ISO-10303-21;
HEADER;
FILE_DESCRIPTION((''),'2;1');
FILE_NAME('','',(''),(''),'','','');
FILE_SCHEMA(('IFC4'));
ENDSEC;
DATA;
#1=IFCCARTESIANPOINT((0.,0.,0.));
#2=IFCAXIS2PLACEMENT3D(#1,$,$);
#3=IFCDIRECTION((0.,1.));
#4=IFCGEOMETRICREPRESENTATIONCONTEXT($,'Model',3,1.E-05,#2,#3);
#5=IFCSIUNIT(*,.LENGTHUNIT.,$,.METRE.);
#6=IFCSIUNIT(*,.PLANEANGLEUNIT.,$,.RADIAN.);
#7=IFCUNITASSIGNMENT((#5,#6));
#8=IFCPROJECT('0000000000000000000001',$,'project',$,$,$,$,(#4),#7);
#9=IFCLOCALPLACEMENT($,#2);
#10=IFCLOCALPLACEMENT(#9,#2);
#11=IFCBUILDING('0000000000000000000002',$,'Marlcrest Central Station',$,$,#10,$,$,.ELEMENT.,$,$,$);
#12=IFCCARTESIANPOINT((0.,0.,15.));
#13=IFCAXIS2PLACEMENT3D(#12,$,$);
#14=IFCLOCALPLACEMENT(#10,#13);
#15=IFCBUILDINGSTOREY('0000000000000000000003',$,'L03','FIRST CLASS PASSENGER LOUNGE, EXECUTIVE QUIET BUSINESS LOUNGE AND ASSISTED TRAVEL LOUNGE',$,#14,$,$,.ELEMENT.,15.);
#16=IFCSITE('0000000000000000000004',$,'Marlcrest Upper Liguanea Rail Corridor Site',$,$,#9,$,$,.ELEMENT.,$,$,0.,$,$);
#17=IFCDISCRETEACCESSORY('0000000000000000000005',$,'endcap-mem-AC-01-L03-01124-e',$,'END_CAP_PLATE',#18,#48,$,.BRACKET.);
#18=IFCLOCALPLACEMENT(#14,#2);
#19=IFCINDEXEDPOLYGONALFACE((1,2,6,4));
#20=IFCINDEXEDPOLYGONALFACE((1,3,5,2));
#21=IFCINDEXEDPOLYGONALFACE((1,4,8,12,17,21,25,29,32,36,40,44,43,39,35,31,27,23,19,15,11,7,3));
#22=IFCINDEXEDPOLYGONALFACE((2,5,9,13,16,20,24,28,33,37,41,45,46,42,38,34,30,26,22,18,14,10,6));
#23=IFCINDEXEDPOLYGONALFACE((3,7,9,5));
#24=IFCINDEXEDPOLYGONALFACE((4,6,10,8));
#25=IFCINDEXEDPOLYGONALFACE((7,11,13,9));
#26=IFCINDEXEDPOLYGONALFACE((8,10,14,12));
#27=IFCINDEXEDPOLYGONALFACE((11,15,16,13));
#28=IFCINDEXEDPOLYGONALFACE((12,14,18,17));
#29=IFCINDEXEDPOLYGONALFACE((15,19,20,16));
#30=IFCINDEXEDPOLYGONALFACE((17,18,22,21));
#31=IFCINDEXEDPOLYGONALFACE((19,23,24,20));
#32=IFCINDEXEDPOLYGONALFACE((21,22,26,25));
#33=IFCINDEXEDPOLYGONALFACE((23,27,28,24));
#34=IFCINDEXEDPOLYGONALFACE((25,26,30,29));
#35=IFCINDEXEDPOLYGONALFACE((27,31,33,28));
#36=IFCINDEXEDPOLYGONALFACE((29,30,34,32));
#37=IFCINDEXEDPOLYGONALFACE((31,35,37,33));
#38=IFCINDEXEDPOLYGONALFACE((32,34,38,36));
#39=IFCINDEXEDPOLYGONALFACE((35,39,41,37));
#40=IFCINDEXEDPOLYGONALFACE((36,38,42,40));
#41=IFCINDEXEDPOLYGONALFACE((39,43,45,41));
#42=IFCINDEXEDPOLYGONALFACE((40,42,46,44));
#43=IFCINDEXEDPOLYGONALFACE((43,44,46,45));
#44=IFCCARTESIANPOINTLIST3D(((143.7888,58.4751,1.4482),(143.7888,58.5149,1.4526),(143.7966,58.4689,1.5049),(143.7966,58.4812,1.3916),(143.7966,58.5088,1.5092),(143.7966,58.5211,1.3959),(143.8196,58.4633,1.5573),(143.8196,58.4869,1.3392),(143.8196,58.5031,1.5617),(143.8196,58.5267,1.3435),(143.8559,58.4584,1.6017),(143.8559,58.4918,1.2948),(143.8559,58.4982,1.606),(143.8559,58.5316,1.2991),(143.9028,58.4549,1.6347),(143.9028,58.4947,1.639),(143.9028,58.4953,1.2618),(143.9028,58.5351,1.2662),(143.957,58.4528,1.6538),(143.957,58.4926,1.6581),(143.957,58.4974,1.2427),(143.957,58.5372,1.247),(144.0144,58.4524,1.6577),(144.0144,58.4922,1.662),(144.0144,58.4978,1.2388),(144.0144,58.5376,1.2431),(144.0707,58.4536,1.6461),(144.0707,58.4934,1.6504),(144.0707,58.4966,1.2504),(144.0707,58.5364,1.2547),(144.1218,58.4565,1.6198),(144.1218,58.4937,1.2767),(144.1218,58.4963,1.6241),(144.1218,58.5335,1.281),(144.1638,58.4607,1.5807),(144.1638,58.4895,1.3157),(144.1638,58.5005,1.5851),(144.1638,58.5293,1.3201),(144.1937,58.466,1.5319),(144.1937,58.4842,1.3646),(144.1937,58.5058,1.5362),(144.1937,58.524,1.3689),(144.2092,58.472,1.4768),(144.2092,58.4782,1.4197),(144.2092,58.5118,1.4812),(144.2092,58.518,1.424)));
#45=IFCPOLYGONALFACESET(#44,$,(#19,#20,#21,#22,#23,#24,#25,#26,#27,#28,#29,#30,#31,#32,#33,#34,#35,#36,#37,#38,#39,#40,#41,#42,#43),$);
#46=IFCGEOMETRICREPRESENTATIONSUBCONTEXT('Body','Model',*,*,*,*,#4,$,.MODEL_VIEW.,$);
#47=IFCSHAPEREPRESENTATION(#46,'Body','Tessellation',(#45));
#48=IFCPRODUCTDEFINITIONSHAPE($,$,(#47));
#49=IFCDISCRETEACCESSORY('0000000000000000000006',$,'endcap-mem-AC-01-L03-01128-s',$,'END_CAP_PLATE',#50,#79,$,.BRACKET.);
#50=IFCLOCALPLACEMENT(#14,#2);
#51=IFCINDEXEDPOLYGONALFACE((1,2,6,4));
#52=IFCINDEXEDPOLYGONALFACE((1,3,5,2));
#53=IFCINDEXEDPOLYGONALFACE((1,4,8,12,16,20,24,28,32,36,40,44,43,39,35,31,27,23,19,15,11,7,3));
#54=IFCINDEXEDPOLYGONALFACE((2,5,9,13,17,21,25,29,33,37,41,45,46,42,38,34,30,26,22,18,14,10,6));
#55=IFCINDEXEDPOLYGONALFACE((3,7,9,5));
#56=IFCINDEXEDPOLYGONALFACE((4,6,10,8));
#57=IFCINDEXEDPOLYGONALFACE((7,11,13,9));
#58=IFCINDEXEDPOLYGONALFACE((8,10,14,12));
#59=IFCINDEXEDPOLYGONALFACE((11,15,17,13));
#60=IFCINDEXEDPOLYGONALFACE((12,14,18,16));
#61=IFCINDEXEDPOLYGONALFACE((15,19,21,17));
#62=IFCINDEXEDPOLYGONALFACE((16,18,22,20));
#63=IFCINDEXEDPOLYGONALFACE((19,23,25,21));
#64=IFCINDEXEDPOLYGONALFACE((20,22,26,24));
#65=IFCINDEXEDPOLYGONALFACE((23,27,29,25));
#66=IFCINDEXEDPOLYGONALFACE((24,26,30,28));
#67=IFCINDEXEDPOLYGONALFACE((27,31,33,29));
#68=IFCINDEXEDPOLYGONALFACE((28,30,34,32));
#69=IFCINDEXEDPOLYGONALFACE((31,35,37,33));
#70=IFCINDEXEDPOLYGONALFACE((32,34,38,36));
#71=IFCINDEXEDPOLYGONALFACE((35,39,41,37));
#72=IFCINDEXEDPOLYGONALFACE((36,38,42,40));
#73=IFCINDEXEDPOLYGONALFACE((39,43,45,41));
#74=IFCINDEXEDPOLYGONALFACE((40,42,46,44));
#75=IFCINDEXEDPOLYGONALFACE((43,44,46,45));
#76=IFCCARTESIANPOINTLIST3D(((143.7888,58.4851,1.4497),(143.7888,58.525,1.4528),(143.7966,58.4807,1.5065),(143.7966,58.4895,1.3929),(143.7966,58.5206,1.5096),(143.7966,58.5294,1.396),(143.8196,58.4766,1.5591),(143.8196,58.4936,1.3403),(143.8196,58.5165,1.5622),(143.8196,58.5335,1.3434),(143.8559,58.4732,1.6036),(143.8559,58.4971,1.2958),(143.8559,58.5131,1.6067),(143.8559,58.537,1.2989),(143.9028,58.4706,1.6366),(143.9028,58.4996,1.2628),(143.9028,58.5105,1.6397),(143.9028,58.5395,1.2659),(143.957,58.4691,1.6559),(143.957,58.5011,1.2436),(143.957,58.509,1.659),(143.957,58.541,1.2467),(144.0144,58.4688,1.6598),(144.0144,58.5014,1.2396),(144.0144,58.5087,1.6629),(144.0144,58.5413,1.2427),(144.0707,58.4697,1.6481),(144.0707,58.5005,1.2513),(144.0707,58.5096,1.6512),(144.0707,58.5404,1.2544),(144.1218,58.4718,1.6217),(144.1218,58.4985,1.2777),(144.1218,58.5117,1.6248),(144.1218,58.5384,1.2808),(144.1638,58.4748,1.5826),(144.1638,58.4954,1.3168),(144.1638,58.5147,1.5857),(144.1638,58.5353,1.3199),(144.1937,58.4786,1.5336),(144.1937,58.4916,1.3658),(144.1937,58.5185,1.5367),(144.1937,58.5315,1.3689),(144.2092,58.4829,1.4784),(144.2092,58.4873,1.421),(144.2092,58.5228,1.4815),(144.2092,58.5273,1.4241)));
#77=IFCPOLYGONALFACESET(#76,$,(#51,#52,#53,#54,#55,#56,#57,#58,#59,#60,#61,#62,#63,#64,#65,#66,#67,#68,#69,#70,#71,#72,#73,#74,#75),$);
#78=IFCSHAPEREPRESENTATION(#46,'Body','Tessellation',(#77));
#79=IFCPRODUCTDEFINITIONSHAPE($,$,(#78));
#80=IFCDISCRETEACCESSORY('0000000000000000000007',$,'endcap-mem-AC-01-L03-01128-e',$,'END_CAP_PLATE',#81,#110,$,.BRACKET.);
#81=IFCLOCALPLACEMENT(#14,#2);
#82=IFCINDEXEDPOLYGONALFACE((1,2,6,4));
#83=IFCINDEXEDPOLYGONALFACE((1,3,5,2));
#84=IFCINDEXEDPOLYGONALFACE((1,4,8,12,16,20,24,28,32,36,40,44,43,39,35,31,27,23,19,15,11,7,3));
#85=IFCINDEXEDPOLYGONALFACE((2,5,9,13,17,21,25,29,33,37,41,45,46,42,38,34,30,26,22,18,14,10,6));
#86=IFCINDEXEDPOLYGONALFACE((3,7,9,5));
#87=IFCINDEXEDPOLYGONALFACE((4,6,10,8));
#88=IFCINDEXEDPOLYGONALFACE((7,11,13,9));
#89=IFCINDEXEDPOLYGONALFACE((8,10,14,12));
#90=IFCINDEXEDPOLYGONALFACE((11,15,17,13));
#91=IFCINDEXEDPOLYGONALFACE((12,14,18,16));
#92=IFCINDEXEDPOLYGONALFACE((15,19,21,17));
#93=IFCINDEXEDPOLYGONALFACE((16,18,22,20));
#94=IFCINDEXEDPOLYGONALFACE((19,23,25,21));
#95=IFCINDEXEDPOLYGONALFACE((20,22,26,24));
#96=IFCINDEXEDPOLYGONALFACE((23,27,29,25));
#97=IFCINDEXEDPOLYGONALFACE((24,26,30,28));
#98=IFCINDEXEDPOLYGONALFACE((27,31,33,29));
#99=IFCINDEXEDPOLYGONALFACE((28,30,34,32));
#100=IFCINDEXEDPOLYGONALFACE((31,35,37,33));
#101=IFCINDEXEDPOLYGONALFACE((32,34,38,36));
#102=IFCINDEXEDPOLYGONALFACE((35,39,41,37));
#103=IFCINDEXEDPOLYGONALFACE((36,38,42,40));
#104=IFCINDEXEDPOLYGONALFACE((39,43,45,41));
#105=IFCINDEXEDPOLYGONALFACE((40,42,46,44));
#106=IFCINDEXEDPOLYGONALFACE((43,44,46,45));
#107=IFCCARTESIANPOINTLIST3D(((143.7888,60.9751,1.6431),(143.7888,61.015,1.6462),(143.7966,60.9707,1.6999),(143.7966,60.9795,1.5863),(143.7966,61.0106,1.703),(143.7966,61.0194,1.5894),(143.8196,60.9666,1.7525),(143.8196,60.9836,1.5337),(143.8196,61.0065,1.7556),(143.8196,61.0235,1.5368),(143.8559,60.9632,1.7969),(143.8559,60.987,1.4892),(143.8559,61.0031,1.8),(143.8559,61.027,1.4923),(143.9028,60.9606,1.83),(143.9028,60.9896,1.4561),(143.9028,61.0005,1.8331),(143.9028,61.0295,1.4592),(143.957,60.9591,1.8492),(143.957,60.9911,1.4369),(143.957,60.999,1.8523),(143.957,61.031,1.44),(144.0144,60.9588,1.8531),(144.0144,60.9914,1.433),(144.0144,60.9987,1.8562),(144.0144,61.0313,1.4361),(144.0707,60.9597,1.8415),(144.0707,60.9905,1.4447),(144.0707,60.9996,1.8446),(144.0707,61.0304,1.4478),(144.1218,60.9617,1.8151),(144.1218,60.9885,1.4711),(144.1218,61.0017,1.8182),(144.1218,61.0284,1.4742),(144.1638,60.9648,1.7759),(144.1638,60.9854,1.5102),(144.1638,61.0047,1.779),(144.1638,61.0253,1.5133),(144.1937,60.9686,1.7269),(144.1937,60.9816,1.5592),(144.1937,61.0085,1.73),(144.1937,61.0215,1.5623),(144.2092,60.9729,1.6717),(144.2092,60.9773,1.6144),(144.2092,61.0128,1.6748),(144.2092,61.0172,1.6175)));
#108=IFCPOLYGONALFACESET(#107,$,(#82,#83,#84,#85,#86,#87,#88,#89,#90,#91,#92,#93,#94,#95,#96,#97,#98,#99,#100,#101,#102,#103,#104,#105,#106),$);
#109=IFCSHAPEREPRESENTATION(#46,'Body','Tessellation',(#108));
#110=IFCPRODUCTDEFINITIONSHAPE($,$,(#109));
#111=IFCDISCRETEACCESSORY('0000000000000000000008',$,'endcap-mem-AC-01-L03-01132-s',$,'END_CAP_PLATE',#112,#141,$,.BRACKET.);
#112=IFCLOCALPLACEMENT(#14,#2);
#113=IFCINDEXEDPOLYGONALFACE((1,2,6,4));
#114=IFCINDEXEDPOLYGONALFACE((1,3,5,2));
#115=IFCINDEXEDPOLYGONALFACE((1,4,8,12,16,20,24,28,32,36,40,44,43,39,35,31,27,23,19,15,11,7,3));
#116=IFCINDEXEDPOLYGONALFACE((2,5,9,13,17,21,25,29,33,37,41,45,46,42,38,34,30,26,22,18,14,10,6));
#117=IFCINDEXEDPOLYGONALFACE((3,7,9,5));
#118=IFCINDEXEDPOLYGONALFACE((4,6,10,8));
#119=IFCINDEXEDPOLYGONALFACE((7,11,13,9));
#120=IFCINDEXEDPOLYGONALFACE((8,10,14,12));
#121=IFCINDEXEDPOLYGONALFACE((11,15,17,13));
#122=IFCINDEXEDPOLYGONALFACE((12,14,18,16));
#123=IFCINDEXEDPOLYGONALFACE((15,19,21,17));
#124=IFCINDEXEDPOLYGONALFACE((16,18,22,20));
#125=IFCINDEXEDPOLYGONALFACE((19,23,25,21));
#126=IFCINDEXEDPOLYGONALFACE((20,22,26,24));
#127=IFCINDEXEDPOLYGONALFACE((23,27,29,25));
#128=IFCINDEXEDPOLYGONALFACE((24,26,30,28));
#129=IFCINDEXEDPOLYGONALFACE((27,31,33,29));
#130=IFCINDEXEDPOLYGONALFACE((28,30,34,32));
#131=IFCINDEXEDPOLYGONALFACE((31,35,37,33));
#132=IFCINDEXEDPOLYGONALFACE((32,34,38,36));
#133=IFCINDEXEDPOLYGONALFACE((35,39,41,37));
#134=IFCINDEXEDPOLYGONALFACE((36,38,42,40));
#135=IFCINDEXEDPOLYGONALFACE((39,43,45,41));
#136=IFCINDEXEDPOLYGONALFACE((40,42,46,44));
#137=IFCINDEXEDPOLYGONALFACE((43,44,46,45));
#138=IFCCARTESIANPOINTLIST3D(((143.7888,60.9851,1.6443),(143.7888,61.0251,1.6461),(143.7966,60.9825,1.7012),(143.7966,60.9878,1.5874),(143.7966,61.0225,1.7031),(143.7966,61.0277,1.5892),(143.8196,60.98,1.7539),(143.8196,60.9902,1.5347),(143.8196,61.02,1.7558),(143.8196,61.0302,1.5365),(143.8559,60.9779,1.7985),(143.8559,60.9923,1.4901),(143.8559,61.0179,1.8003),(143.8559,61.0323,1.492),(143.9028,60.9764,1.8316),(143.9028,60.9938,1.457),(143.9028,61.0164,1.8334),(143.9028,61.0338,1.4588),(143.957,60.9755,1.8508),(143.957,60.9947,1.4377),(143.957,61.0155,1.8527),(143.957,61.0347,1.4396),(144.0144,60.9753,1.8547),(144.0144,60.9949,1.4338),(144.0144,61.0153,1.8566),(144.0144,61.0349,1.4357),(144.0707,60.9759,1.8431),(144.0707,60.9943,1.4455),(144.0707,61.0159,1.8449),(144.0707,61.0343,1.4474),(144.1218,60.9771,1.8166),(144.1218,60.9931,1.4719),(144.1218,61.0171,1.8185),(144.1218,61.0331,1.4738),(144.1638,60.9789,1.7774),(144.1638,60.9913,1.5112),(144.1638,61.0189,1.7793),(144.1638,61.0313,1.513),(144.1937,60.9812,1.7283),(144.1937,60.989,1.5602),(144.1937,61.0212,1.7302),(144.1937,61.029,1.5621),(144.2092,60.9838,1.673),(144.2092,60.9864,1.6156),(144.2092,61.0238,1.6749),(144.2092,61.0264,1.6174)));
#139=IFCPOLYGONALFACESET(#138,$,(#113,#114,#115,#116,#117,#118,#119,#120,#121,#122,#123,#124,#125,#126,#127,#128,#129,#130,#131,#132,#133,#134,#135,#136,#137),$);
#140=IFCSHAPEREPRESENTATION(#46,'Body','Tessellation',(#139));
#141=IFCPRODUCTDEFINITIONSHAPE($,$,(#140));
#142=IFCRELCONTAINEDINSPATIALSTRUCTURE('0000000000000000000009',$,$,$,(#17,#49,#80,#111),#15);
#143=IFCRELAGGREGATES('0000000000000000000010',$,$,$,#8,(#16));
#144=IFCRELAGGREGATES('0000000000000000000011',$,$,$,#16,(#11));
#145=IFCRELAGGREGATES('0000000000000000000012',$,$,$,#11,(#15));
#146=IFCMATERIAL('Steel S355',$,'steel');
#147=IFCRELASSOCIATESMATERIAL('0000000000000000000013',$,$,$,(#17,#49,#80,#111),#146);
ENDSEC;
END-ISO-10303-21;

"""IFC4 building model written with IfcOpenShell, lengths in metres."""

from ifc_helpers import new_model, si_unit, direction, frame, origin, origin_2d, place, context, subcontext, project, spatial, circle, extrude, material, element, save


model = new_model("IFC4")

# Units and contexts
model_context = context("Model", 3, precision=1e-05, world=origin(), true_north=direction((0.0, 1.0)))
body_context = subcontext(model_context, "Body", "Model", "MODEL_VIEW")
ifc_project = project(units=[si_unit("LENGTHUNIT", "METRE"), si_unit("PLANEANGLEUNIT", "RADIAN")], contexts=[model_context])

# Site, building, storey
site_placement = place(None, origin())
site = spatial("IfcSite", under=ifc_project, at=site_placement, Name="Marlcrest Upper Liguanea Rail Corridor Site", CompositionType="ELEMENT", RefElevation=0.0)
building_placement = place(site_placement, origin())
building = spatial("IfcBuilding", under=site, at=building_placement, Name="Marlcrest Central Station", CompositionType="ELEMENT")
storey_placement = place(building_placement, frame((0.0, 0.0, 15.0)))
storey = spatial("IfcBuildingStorey", under=building, at=storey_placement, Name="L03", Description="FIRST CLASS PASSENGER LOUNGE, EXECUTIVE QUIET BUSINESS LOUNGE AND ASSISTED TRAVEL LOUNGE", CompositionType="ELEMENT", Elevation=15.0)

# Shared definitions
ifc_material_1 = material(Name="Steel S355", Category="steel")

# Discrete accessories
for number, where, z_axis, x_axis, name in (
    (1, (144.0, 58.4751, 1.4482), (0.0, 0.994155, 0.107959), (-1.0, 0.0, 0.0), "endcap-mem-AC-01-L03-01124-e"),
    (2, (144.0, 58.4851, 1.4497), (0.0, 0.997, 0.077404), (-1.0, 0.0, 0.0), "endcap-mem-AC-01-L03-01128-s"),
    (3, (144.0, 60.9751, 1.6431), (0.0, 0.997, 0.077404), (-1.0, 0.0, 0.0), "endcap-mem-AC-01-L03-01128-e"),
    (4, (144.0, 60.9851, 1.6443), (0.0, 0.998921, 0.046434), (-1.0, 0.0, 0.0), "endcap-mem-AC-01-L03-01132-s"),
):
    element("IfcDiscreteAccessory", number, at=place(storey_placement, frame(where, z_axis=z_axis, x_axis=x_axis)), inside=storey, material=ifc_material_1, Name=name, ObjectType="END_CAP_PLATE", PredefinedType="BRACKET", context=body_context, shape_type="SweptSolid", body=[
        extrude(circle(Radius=0.2112, at=origin_2d()), origin(), (0.0, 0.0, 1.0), 0.04),
    ])

save(model, "model.ifc")
